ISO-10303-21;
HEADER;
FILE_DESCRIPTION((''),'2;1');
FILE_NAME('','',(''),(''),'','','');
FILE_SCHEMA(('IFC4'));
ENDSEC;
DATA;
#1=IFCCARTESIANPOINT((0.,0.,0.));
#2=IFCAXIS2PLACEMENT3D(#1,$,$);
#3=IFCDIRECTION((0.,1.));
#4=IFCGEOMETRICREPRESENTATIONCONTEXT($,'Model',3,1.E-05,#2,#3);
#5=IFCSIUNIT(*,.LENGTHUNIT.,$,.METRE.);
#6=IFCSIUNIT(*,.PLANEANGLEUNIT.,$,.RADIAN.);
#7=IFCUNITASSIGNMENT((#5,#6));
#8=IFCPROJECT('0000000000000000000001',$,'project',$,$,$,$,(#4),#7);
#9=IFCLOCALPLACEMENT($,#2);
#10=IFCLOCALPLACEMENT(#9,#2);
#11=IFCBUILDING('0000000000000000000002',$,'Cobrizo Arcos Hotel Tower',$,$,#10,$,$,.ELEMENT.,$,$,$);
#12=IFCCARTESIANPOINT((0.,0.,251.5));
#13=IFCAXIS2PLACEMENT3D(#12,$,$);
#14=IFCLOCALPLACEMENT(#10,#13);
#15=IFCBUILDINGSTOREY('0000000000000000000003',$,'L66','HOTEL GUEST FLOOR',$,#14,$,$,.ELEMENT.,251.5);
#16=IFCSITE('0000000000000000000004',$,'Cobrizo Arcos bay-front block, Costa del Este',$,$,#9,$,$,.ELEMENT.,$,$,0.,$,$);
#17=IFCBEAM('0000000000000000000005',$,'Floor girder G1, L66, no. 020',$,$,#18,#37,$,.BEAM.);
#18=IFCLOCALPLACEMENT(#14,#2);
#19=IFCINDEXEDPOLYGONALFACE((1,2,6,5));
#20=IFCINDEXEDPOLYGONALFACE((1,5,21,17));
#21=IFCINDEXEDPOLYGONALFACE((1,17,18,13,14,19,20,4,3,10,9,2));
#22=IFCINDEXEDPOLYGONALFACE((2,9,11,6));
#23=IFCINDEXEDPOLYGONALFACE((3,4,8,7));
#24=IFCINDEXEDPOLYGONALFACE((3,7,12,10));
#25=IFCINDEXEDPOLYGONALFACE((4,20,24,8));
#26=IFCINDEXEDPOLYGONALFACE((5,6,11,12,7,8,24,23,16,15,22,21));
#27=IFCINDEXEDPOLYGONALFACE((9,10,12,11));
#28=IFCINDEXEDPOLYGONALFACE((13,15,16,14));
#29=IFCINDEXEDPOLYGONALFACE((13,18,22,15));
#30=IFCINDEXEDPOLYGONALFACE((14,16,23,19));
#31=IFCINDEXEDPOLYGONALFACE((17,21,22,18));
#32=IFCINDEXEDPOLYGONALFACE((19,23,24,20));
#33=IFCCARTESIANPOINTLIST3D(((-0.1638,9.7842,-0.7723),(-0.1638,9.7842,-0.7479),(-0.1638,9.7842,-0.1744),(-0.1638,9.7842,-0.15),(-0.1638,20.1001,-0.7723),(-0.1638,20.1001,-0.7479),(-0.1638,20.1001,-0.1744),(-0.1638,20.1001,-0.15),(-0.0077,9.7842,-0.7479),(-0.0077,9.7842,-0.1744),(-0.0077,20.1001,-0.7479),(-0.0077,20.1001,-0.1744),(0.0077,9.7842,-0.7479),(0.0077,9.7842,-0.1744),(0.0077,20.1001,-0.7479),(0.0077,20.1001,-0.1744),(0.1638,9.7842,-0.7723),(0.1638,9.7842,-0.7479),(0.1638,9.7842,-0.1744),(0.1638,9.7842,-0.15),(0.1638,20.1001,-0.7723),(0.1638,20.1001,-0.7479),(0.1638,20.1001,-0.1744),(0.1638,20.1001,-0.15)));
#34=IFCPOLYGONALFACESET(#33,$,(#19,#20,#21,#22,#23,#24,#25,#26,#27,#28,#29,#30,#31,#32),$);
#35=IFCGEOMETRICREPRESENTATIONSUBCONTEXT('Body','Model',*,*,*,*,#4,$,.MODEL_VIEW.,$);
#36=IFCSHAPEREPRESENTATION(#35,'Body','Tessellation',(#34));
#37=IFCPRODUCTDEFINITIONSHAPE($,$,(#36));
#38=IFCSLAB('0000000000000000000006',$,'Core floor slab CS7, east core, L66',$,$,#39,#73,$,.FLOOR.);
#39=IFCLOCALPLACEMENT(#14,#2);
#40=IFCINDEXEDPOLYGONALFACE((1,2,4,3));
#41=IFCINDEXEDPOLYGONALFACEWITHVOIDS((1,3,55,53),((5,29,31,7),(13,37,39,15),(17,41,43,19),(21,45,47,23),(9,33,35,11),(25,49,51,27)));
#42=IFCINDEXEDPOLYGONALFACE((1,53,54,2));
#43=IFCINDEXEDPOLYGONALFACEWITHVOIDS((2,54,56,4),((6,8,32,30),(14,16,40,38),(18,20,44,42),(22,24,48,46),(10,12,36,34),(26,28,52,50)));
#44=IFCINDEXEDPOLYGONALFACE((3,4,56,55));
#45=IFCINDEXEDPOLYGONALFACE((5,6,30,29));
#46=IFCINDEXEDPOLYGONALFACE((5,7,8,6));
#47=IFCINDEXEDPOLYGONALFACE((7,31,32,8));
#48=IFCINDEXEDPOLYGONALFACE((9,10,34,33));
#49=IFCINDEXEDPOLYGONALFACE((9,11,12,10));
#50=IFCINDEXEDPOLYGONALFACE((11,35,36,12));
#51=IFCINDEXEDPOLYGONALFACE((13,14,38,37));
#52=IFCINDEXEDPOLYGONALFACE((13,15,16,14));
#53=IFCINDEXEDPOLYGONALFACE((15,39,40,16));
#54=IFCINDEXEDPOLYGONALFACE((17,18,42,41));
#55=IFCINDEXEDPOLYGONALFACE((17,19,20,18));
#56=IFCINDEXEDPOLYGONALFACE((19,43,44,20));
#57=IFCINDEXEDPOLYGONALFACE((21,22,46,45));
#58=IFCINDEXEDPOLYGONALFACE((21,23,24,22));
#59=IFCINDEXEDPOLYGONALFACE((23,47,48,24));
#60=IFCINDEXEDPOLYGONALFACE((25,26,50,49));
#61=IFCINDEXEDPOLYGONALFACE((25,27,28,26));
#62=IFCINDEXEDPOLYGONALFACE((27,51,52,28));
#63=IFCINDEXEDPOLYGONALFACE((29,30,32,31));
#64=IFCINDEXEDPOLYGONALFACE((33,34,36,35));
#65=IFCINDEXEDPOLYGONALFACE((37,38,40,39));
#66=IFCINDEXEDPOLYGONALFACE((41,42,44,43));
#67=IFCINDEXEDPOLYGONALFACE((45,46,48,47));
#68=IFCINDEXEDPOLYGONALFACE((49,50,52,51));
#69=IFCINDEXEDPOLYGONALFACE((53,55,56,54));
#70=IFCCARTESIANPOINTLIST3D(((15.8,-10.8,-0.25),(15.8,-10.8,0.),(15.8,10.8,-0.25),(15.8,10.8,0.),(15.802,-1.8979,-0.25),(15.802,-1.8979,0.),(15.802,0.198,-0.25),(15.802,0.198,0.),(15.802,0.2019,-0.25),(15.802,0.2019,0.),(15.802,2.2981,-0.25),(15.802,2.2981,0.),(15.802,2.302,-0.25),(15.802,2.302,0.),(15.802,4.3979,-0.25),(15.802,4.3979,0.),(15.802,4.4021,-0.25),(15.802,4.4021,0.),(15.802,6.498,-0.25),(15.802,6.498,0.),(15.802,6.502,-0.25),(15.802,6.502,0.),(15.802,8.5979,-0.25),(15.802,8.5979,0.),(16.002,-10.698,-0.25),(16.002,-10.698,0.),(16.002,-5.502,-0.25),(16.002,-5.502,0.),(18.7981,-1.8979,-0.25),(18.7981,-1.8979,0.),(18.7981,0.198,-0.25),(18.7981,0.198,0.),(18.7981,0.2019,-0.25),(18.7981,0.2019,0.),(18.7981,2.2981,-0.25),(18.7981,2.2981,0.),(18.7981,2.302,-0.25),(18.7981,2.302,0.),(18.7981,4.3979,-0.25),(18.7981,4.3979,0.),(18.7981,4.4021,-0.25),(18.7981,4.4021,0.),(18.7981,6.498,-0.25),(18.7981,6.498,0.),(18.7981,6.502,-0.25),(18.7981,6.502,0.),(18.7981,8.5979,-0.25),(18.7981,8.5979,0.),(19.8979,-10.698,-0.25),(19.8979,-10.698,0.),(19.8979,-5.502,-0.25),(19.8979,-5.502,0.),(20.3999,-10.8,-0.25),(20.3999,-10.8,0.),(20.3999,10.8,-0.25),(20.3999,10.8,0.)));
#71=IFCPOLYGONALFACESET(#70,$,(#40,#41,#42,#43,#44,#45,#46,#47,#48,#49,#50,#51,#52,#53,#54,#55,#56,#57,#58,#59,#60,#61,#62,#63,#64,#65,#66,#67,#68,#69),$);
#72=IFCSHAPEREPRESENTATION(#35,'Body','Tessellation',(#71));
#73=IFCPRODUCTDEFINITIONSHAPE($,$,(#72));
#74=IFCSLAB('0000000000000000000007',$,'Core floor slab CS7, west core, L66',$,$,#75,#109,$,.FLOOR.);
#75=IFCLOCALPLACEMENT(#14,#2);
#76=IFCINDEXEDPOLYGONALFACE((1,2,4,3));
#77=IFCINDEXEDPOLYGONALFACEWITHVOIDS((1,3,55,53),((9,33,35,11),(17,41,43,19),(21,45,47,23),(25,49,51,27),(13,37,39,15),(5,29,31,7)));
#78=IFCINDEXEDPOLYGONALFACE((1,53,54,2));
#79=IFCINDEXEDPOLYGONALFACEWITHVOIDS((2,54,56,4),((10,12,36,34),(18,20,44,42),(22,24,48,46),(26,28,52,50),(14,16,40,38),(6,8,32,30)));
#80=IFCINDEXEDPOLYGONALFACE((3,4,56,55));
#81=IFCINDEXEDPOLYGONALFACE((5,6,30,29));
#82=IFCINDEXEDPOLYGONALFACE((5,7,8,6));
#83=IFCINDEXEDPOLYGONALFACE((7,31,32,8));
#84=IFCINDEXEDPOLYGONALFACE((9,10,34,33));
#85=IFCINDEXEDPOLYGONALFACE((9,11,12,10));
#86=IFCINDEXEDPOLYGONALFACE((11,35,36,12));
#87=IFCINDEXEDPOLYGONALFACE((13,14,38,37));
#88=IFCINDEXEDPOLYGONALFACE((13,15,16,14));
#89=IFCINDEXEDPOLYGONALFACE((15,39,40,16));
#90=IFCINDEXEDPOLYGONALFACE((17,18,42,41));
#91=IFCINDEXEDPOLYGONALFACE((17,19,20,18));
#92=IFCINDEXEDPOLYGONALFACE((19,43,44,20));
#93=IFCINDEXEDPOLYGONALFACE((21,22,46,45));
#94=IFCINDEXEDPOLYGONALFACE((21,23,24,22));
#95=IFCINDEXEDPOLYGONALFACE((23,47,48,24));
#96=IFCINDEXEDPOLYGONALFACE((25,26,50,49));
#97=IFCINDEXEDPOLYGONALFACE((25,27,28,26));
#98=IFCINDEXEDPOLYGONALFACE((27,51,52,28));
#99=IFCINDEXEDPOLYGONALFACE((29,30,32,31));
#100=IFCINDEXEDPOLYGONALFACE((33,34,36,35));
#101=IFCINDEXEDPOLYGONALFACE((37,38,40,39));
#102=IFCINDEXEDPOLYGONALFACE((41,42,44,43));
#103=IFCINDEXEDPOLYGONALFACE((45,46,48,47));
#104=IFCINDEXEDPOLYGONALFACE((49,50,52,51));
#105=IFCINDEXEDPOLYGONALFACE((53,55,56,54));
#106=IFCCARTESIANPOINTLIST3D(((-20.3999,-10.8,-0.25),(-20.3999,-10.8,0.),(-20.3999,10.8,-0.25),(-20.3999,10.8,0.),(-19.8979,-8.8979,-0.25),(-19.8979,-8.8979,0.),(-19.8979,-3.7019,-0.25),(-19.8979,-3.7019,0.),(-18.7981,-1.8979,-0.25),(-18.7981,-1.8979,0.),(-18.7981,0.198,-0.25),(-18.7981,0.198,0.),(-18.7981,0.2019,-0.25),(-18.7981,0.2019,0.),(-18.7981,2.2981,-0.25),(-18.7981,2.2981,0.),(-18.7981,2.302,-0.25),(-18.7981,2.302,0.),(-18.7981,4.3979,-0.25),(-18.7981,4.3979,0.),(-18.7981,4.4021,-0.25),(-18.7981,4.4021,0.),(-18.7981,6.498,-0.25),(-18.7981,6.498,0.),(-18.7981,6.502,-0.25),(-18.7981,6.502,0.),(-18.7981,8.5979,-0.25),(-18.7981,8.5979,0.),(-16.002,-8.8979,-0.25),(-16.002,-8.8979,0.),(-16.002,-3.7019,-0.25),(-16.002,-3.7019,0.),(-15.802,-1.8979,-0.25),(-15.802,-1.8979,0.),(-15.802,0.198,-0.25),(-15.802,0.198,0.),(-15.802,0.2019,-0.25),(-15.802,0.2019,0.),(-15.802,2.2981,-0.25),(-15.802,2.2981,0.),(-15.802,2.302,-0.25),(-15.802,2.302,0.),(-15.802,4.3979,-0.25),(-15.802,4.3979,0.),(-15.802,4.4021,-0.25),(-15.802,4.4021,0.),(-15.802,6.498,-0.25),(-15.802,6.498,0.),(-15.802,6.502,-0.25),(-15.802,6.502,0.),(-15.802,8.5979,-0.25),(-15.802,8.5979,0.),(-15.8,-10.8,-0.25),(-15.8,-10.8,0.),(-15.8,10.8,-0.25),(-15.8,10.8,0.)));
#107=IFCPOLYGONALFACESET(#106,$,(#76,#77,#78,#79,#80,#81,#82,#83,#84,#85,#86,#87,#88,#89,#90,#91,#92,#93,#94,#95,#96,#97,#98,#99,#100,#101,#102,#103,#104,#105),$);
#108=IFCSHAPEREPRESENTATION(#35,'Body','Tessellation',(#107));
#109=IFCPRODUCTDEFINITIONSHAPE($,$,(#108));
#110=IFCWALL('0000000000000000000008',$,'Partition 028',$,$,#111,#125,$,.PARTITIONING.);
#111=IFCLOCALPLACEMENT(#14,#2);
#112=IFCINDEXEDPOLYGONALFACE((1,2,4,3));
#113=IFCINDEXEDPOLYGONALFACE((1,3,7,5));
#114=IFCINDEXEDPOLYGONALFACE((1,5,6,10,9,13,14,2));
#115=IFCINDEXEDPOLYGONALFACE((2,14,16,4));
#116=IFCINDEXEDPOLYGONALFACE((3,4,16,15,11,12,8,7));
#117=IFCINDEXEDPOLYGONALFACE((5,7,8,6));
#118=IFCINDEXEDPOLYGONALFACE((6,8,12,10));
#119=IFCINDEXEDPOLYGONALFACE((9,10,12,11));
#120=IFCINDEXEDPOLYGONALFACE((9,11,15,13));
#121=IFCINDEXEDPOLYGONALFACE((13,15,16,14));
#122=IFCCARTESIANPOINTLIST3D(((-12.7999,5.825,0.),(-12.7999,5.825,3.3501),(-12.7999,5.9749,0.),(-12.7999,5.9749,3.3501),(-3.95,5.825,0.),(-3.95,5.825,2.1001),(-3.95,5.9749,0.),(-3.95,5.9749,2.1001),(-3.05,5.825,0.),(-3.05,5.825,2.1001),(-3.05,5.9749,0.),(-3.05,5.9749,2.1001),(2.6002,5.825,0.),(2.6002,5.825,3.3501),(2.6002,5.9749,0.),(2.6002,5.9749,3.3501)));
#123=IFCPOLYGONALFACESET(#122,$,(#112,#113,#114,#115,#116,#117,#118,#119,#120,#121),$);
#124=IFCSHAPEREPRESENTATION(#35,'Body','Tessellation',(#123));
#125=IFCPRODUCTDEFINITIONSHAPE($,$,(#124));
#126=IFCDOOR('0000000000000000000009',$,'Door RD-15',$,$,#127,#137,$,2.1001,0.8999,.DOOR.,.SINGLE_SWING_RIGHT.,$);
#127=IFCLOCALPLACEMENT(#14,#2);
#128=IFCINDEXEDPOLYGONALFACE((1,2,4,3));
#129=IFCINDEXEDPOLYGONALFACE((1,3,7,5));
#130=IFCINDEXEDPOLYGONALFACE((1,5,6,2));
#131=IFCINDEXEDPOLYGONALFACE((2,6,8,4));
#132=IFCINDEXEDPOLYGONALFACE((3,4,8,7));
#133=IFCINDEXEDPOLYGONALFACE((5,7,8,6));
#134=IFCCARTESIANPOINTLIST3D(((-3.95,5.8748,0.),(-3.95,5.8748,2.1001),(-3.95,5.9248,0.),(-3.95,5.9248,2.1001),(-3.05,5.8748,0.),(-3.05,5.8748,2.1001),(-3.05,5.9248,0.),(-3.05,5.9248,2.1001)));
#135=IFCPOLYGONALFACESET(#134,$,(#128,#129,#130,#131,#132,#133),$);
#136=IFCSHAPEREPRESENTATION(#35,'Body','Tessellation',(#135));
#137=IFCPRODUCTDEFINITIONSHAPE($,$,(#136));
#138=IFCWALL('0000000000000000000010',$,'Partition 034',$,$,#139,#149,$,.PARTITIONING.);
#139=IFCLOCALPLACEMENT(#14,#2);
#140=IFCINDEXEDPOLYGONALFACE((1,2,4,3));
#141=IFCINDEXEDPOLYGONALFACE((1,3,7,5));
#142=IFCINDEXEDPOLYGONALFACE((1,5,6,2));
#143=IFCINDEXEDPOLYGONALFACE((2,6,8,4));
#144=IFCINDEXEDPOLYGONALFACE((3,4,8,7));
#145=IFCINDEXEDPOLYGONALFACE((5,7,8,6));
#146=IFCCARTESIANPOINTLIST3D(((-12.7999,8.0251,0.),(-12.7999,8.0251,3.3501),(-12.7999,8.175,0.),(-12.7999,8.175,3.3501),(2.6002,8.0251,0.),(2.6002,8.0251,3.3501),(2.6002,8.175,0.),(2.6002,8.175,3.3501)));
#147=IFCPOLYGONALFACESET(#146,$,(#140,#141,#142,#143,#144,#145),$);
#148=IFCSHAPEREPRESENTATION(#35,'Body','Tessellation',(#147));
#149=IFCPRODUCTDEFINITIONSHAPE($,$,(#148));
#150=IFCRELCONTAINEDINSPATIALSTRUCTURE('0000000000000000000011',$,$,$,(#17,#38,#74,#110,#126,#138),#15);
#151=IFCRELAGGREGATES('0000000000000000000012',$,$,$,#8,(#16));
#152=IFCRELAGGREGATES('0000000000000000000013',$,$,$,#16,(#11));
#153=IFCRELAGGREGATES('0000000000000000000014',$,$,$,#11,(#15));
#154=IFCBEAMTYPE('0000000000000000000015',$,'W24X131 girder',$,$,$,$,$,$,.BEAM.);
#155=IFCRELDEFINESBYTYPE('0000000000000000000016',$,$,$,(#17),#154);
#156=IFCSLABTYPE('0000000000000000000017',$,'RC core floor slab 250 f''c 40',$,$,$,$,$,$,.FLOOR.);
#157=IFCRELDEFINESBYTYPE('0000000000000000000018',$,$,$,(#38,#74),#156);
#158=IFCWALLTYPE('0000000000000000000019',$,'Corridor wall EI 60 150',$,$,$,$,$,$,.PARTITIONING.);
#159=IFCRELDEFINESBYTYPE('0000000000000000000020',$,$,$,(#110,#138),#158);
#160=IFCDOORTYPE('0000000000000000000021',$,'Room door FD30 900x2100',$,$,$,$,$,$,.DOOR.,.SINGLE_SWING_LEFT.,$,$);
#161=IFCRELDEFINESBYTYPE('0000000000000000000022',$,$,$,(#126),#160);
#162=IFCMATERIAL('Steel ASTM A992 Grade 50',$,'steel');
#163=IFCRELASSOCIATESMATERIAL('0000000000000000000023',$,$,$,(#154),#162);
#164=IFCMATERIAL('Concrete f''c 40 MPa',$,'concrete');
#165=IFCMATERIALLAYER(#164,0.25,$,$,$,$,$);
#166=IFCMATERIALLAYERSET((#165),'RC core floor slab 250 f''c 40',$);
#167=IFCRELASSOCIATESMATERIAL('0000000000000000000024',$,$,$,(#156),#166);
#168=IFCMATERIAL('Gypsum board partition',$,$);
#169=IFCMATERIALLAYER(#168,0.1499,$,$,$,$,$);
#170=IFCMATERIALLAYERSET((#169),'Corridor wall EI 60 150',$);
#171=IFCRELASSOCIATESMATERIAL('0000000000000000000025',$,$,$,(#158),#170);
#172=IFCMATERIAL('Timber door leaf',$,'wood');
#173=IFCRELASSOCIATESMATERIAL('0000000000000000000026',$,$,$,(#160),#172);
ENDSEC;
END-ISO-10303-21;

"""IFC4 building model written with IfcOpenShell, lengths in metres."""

from ifc_helpers import new_model, si_unit, direction, frame, frame_2d, origin, origin_2d, place, context, subcontext, project, spatial, polyline, rectangle, i_section, outline, extrude, material, layer, layer_set, material_profile, profile_set, type_object, element, fill, save


model = new_model("IFC4")

# Units and contexts
model_context = context("Model", 3, precision=1e-05, world=origin(), true_north=direction((0.0, 1.0)))
body_context = subcontext(model_context, "Body", "Model", "MODEL_VIEW")
ifc_project = project(units=[si_unit("LENGTHUNIT", "METRE"), si_unit("PLANEANGLEUNIT", "RADIAN")], contexts=[model_context])

# Site, building, storey
site_placement = place(None, origin())
site = spatial("IfcSite", under=ifc_project, at=site_placement, Name="Cobrizo Arcos bay-front block, Costa del Este", CompositionType="ELEMENT", RefElevation=0.0)
building_placement = place(site_placement, origin())
building = spatial("IfcBuilding", under=site, at=building_placement, Name="Cobrizo Arcos Hotel Tower", CompositionType="ELEMENT")
storey_placement = place(building_placement, frame((0.0, 0.0, 251.5)))
storey = spatial("IfcBuildingStorey", under=building, at=storey_placement, Name="L66", Description="HOTEL GUEST FLOOR", CompositionType="ELEMENT", Elevation=251.5)

# Shared definitions
ifc_material_1 = material(Name="Steel ASTM A992 Grade 50", Category="steel")

# Beam
ifc_material_profile_1 = material_profile(ifc_material_1, i_section(OverallWidth=0.3276, OverallDepth=0.6223, WebThickness=0.0154, FlangeThickness=0.0244, at=origin_2d()), Name="W24X131")
ifc_profile_set_1 = profile_set([ifc_material_profile_1], Name="Steel ASTM A992 Grade 50")
beam_type_1 = type_object("IfcBeamType", Name="W24X131 girder", PredefinedType="BEAM", material=ifc_profile_set_1)
beam_1_placement = place(storey_placement, frame((0.0, 9.7842, -0.4612), z_axis=(0.0, 1.0, 0.0), x_axis=(-1.0, 0.0, 0.0)))
element("IfcBeam", 1, at=beam_1_placement, inside=storey, type_object=beam_type_1, Name="Floor girder G1, L66, no. 020", PredefinedType="BEAM", context=body_context, shape_type="SweptSolid", body=[
    extrude(i_section(OverallWidth=0.3276, OverallDepth=0.6223, WebThickness=0.0154, FlangeThickness=0.0244, at=origin_2d()), origin(), (0.0, 0.0, 1.0), 10.3159),
])

# Slabs
ifc_material_2 = material(Name="Concrete f'c 40 MPa", Category="concrete")
ifc_layer_1 = layer(ifc_material_2, 0.25)
ifc_layer_set_1 = layer_set([ifc_layer_1], Name="RC core floor slab 250 f'c 40")
slab_type_1 = type_object("IfcSlabType", Name="RC core floor slab 250 f'c 40", PredefinedType="FLOOR", material=ifc_layer_set_1)
slab_1_placement = place(storey_placement, frame((0.0, 0.0, -0.25)))
element("IfcSlab", 2, at=slab_1_placement, inside=storey, type_object=slab_type_1, Name="Core floor slab CS7, east core, L66", PredefinedType="FLOOR", context=body_context, shape_type="SweptSolid", body=[
    extrude(outline(polyline([(15.8, 10.8), (20.3999, 10.8), (20.3999, -10.8), (15.8, -10.8), (15.8, 10.8)]), holes=[polyline([(19.8979, -10.698), (19.8979, -5.502), (16.002, -5.502), (16.002, -10.698), (19.8979, -10.698)]), polyline([(15.802, 0.198), (15.802, -1.8979), (18.7981, -1.8979), (18.7981, 0.198), (15.802, 0.198)]), polyline([(15.802, 2.2981), (15.802, 0.2019), (18.7981, 0.2019), (18.7981, 2.2981), (15.802, 2.2981)]), polyline([(15.802, 4.3979), (15.802, 2.302), (18.7981, 2.302), (18.7981, 4.3979), (15.802, 4.3979)]), polyline([(18.7981, 6.498), (15.802, 6.498), (15.802, 4.4021), (18.7981, 4.4021), (18.7981, 6.498)]), polyline([(18.7981, 8.5979), (15.802, 8.5979), (15.802, 6.502), (18.7981, 6.502), (18.7981, 8.5979)])]), origin(), (0.0, 0.0, 1.0), 0.25),
])
slab_2_placement = place(storey_placement, frame((0.0, 0.0, -0.25)))
element("IfcSlab", 3, at=slab_2_placement, inside=storey, type_object=slab_type_1, Name="Core floor slab CS7, west core, L66", PredefinedType="FLOOR", context=body_context, shape_type="SweptSolid", body=[
    extrude(outline(polyline([(-20.3999, 10.8), (-15.8, 10.8), (-15.8, -10.8), (-20.3999, -10.8), (-20.3999, 10.8)]), holes=[polyline([(-19.8979, -3.7019), (-19.8979, -8.8979), (-16.002, -8.8979), (-16.002, -3.7019), (-19.8979, -3.7019)]), polyline([(-18.7981, 0.198), (-18.7981, -1.8979), (-15.802, -1.8979), (-15.802, 0.198), (-18.7981, 0.198)]), polyline([(-18.7981, 2.2981), (-18.7981, 0.2019), (-15.802, 0.2019), (-15.802, 2.2981), (-18.7981, 2.2981)]), polyline([(-18.7981, 4.3979), (-18.7981, 2.302), (-15.802, 2.302), (-15.802, 4.3979), (-18.7981, 4.3979)]), polyline([(-15.802, 6.498), (-18.7981, 6.498), (-18.7981, 4.4021), (-15.802, 4.4021), (-15.802, 6.498)]), polyline([(-15.802, 8.5979), (-18.7981, 8.5979), (-18.7981, 6.502), (-15.802, 6.502), (-15.802, 8.5979)])]), origin(), (0.0, 0.0, 1.0), 0.25),
])

# Wall, opening, door
ifc_material_3 = material(Name="Gypsum board partition")
ifc_layer_2 = layer(ifc_material_3, 0.1499)
ifc_layer_set_2 = layer_set([ifc_layer_2], Name="Corridor wall EI 60 150")
wall_type_1 = type_object("IfcWallType", Name="Corridor wall EI 60 150", PredefinedType="PARTITIONING", material=ifc_layer_set_2)
wall_1_placement = place(storey_placement, frame((-12.8, 5.8999, 0.0), z_axis=(0.0, 0.0, 1.0), x_axis=(1.0, 0.0, 0.0)))
wall_1 = element("IfcWall", 4, at=wall_1_placement, inside=storey, type_object=wall_type_1, Name="Partition 028", PredefinedType="PARTITIONING", context=body_context, shape_type="SweptSolid", body=[
    extrude(rectangle(XDim=15.4001, YDim=0.1499, at=frame_2d((7.7002, 0.0))), origin(), (0.0, 0.0, 1.0), 3.3501),
])
opening_1_placement = place(wall_1_placement, frame((8.8501, 0.0, 0.0)))
opening_1 = element("IfcOpeningElement", 5, at=opening_1_placement, cuts=wall_1, PredefinedType="OPENING", context=body_context, shape_type="SweptSolid", body=[
    extrude(rectangle(XDim=0.8999, YDim=2.1001, at=frame_2d((0.45, 1.05))), frame((0.0, 0.0869, 0.0), z_axis=(0.0, -1.0, 0.0), x_axis=(1.0, 0.0, 0.0)), (0.0, 0.0, 1.0), 0.1738),
])
ifc_material_4 = material(Name="Timber door leaf", Category="wood")
door_type = type_object("IfcDoorType", Name="Room door FD30 900x2100", OperationType="SINGLE_SWING_LEFT", PredefinedType="DOOR", material=ifc_material_4)
door_1_placement = place(opening_1_placement, origin())
door_1 = element("IfcDoor", 6, at=door_1_placement, inside=storey, type_object=door_type, Name="Door RD-15", OperationType="SINGLE_SWING_RIGHT", OverallHeight=2.1001, OverallWidth=0.8999, PredefinedType="DOOR", context=body_context, shape_type="SweptSolid", body=[
    extrude(rectangle(XDim=0.8999, YDim=2.1001, at=frame_2d((0.45, 1.05))), frame((0.0, 0.0249, 0.0), z_axis=(0.0, -1.0, 0.0), x_axis=(1.0, 0.0, 0.0)), (0.0, 0.0, 1.0), 0.05),
])
fill(opening_1, door_1)

# Wall
wall_2_placement = place(storey_placement, frame((-12.8, 8.1001, 0.0), z_axis=(0.0, 0.0, 1.0), x_axis=(1.0, 0.0, 0.0)))
element("IfcWall", 7, at=wall_2_placement, inside=storey, type_object=wall_type_1, Name="Partition 034", PredefinedType="PARTITIONING", context=body_context, shape_type="SweptSolid", body=[
    extrude(rectangle(XDim=15.4001, YDim=0.1499, at=frame_2d((7.7002, 0.0))), origin(), (0.0, 0.0, 1.0), 3.3501),
])

save(model, "model.ifc")
